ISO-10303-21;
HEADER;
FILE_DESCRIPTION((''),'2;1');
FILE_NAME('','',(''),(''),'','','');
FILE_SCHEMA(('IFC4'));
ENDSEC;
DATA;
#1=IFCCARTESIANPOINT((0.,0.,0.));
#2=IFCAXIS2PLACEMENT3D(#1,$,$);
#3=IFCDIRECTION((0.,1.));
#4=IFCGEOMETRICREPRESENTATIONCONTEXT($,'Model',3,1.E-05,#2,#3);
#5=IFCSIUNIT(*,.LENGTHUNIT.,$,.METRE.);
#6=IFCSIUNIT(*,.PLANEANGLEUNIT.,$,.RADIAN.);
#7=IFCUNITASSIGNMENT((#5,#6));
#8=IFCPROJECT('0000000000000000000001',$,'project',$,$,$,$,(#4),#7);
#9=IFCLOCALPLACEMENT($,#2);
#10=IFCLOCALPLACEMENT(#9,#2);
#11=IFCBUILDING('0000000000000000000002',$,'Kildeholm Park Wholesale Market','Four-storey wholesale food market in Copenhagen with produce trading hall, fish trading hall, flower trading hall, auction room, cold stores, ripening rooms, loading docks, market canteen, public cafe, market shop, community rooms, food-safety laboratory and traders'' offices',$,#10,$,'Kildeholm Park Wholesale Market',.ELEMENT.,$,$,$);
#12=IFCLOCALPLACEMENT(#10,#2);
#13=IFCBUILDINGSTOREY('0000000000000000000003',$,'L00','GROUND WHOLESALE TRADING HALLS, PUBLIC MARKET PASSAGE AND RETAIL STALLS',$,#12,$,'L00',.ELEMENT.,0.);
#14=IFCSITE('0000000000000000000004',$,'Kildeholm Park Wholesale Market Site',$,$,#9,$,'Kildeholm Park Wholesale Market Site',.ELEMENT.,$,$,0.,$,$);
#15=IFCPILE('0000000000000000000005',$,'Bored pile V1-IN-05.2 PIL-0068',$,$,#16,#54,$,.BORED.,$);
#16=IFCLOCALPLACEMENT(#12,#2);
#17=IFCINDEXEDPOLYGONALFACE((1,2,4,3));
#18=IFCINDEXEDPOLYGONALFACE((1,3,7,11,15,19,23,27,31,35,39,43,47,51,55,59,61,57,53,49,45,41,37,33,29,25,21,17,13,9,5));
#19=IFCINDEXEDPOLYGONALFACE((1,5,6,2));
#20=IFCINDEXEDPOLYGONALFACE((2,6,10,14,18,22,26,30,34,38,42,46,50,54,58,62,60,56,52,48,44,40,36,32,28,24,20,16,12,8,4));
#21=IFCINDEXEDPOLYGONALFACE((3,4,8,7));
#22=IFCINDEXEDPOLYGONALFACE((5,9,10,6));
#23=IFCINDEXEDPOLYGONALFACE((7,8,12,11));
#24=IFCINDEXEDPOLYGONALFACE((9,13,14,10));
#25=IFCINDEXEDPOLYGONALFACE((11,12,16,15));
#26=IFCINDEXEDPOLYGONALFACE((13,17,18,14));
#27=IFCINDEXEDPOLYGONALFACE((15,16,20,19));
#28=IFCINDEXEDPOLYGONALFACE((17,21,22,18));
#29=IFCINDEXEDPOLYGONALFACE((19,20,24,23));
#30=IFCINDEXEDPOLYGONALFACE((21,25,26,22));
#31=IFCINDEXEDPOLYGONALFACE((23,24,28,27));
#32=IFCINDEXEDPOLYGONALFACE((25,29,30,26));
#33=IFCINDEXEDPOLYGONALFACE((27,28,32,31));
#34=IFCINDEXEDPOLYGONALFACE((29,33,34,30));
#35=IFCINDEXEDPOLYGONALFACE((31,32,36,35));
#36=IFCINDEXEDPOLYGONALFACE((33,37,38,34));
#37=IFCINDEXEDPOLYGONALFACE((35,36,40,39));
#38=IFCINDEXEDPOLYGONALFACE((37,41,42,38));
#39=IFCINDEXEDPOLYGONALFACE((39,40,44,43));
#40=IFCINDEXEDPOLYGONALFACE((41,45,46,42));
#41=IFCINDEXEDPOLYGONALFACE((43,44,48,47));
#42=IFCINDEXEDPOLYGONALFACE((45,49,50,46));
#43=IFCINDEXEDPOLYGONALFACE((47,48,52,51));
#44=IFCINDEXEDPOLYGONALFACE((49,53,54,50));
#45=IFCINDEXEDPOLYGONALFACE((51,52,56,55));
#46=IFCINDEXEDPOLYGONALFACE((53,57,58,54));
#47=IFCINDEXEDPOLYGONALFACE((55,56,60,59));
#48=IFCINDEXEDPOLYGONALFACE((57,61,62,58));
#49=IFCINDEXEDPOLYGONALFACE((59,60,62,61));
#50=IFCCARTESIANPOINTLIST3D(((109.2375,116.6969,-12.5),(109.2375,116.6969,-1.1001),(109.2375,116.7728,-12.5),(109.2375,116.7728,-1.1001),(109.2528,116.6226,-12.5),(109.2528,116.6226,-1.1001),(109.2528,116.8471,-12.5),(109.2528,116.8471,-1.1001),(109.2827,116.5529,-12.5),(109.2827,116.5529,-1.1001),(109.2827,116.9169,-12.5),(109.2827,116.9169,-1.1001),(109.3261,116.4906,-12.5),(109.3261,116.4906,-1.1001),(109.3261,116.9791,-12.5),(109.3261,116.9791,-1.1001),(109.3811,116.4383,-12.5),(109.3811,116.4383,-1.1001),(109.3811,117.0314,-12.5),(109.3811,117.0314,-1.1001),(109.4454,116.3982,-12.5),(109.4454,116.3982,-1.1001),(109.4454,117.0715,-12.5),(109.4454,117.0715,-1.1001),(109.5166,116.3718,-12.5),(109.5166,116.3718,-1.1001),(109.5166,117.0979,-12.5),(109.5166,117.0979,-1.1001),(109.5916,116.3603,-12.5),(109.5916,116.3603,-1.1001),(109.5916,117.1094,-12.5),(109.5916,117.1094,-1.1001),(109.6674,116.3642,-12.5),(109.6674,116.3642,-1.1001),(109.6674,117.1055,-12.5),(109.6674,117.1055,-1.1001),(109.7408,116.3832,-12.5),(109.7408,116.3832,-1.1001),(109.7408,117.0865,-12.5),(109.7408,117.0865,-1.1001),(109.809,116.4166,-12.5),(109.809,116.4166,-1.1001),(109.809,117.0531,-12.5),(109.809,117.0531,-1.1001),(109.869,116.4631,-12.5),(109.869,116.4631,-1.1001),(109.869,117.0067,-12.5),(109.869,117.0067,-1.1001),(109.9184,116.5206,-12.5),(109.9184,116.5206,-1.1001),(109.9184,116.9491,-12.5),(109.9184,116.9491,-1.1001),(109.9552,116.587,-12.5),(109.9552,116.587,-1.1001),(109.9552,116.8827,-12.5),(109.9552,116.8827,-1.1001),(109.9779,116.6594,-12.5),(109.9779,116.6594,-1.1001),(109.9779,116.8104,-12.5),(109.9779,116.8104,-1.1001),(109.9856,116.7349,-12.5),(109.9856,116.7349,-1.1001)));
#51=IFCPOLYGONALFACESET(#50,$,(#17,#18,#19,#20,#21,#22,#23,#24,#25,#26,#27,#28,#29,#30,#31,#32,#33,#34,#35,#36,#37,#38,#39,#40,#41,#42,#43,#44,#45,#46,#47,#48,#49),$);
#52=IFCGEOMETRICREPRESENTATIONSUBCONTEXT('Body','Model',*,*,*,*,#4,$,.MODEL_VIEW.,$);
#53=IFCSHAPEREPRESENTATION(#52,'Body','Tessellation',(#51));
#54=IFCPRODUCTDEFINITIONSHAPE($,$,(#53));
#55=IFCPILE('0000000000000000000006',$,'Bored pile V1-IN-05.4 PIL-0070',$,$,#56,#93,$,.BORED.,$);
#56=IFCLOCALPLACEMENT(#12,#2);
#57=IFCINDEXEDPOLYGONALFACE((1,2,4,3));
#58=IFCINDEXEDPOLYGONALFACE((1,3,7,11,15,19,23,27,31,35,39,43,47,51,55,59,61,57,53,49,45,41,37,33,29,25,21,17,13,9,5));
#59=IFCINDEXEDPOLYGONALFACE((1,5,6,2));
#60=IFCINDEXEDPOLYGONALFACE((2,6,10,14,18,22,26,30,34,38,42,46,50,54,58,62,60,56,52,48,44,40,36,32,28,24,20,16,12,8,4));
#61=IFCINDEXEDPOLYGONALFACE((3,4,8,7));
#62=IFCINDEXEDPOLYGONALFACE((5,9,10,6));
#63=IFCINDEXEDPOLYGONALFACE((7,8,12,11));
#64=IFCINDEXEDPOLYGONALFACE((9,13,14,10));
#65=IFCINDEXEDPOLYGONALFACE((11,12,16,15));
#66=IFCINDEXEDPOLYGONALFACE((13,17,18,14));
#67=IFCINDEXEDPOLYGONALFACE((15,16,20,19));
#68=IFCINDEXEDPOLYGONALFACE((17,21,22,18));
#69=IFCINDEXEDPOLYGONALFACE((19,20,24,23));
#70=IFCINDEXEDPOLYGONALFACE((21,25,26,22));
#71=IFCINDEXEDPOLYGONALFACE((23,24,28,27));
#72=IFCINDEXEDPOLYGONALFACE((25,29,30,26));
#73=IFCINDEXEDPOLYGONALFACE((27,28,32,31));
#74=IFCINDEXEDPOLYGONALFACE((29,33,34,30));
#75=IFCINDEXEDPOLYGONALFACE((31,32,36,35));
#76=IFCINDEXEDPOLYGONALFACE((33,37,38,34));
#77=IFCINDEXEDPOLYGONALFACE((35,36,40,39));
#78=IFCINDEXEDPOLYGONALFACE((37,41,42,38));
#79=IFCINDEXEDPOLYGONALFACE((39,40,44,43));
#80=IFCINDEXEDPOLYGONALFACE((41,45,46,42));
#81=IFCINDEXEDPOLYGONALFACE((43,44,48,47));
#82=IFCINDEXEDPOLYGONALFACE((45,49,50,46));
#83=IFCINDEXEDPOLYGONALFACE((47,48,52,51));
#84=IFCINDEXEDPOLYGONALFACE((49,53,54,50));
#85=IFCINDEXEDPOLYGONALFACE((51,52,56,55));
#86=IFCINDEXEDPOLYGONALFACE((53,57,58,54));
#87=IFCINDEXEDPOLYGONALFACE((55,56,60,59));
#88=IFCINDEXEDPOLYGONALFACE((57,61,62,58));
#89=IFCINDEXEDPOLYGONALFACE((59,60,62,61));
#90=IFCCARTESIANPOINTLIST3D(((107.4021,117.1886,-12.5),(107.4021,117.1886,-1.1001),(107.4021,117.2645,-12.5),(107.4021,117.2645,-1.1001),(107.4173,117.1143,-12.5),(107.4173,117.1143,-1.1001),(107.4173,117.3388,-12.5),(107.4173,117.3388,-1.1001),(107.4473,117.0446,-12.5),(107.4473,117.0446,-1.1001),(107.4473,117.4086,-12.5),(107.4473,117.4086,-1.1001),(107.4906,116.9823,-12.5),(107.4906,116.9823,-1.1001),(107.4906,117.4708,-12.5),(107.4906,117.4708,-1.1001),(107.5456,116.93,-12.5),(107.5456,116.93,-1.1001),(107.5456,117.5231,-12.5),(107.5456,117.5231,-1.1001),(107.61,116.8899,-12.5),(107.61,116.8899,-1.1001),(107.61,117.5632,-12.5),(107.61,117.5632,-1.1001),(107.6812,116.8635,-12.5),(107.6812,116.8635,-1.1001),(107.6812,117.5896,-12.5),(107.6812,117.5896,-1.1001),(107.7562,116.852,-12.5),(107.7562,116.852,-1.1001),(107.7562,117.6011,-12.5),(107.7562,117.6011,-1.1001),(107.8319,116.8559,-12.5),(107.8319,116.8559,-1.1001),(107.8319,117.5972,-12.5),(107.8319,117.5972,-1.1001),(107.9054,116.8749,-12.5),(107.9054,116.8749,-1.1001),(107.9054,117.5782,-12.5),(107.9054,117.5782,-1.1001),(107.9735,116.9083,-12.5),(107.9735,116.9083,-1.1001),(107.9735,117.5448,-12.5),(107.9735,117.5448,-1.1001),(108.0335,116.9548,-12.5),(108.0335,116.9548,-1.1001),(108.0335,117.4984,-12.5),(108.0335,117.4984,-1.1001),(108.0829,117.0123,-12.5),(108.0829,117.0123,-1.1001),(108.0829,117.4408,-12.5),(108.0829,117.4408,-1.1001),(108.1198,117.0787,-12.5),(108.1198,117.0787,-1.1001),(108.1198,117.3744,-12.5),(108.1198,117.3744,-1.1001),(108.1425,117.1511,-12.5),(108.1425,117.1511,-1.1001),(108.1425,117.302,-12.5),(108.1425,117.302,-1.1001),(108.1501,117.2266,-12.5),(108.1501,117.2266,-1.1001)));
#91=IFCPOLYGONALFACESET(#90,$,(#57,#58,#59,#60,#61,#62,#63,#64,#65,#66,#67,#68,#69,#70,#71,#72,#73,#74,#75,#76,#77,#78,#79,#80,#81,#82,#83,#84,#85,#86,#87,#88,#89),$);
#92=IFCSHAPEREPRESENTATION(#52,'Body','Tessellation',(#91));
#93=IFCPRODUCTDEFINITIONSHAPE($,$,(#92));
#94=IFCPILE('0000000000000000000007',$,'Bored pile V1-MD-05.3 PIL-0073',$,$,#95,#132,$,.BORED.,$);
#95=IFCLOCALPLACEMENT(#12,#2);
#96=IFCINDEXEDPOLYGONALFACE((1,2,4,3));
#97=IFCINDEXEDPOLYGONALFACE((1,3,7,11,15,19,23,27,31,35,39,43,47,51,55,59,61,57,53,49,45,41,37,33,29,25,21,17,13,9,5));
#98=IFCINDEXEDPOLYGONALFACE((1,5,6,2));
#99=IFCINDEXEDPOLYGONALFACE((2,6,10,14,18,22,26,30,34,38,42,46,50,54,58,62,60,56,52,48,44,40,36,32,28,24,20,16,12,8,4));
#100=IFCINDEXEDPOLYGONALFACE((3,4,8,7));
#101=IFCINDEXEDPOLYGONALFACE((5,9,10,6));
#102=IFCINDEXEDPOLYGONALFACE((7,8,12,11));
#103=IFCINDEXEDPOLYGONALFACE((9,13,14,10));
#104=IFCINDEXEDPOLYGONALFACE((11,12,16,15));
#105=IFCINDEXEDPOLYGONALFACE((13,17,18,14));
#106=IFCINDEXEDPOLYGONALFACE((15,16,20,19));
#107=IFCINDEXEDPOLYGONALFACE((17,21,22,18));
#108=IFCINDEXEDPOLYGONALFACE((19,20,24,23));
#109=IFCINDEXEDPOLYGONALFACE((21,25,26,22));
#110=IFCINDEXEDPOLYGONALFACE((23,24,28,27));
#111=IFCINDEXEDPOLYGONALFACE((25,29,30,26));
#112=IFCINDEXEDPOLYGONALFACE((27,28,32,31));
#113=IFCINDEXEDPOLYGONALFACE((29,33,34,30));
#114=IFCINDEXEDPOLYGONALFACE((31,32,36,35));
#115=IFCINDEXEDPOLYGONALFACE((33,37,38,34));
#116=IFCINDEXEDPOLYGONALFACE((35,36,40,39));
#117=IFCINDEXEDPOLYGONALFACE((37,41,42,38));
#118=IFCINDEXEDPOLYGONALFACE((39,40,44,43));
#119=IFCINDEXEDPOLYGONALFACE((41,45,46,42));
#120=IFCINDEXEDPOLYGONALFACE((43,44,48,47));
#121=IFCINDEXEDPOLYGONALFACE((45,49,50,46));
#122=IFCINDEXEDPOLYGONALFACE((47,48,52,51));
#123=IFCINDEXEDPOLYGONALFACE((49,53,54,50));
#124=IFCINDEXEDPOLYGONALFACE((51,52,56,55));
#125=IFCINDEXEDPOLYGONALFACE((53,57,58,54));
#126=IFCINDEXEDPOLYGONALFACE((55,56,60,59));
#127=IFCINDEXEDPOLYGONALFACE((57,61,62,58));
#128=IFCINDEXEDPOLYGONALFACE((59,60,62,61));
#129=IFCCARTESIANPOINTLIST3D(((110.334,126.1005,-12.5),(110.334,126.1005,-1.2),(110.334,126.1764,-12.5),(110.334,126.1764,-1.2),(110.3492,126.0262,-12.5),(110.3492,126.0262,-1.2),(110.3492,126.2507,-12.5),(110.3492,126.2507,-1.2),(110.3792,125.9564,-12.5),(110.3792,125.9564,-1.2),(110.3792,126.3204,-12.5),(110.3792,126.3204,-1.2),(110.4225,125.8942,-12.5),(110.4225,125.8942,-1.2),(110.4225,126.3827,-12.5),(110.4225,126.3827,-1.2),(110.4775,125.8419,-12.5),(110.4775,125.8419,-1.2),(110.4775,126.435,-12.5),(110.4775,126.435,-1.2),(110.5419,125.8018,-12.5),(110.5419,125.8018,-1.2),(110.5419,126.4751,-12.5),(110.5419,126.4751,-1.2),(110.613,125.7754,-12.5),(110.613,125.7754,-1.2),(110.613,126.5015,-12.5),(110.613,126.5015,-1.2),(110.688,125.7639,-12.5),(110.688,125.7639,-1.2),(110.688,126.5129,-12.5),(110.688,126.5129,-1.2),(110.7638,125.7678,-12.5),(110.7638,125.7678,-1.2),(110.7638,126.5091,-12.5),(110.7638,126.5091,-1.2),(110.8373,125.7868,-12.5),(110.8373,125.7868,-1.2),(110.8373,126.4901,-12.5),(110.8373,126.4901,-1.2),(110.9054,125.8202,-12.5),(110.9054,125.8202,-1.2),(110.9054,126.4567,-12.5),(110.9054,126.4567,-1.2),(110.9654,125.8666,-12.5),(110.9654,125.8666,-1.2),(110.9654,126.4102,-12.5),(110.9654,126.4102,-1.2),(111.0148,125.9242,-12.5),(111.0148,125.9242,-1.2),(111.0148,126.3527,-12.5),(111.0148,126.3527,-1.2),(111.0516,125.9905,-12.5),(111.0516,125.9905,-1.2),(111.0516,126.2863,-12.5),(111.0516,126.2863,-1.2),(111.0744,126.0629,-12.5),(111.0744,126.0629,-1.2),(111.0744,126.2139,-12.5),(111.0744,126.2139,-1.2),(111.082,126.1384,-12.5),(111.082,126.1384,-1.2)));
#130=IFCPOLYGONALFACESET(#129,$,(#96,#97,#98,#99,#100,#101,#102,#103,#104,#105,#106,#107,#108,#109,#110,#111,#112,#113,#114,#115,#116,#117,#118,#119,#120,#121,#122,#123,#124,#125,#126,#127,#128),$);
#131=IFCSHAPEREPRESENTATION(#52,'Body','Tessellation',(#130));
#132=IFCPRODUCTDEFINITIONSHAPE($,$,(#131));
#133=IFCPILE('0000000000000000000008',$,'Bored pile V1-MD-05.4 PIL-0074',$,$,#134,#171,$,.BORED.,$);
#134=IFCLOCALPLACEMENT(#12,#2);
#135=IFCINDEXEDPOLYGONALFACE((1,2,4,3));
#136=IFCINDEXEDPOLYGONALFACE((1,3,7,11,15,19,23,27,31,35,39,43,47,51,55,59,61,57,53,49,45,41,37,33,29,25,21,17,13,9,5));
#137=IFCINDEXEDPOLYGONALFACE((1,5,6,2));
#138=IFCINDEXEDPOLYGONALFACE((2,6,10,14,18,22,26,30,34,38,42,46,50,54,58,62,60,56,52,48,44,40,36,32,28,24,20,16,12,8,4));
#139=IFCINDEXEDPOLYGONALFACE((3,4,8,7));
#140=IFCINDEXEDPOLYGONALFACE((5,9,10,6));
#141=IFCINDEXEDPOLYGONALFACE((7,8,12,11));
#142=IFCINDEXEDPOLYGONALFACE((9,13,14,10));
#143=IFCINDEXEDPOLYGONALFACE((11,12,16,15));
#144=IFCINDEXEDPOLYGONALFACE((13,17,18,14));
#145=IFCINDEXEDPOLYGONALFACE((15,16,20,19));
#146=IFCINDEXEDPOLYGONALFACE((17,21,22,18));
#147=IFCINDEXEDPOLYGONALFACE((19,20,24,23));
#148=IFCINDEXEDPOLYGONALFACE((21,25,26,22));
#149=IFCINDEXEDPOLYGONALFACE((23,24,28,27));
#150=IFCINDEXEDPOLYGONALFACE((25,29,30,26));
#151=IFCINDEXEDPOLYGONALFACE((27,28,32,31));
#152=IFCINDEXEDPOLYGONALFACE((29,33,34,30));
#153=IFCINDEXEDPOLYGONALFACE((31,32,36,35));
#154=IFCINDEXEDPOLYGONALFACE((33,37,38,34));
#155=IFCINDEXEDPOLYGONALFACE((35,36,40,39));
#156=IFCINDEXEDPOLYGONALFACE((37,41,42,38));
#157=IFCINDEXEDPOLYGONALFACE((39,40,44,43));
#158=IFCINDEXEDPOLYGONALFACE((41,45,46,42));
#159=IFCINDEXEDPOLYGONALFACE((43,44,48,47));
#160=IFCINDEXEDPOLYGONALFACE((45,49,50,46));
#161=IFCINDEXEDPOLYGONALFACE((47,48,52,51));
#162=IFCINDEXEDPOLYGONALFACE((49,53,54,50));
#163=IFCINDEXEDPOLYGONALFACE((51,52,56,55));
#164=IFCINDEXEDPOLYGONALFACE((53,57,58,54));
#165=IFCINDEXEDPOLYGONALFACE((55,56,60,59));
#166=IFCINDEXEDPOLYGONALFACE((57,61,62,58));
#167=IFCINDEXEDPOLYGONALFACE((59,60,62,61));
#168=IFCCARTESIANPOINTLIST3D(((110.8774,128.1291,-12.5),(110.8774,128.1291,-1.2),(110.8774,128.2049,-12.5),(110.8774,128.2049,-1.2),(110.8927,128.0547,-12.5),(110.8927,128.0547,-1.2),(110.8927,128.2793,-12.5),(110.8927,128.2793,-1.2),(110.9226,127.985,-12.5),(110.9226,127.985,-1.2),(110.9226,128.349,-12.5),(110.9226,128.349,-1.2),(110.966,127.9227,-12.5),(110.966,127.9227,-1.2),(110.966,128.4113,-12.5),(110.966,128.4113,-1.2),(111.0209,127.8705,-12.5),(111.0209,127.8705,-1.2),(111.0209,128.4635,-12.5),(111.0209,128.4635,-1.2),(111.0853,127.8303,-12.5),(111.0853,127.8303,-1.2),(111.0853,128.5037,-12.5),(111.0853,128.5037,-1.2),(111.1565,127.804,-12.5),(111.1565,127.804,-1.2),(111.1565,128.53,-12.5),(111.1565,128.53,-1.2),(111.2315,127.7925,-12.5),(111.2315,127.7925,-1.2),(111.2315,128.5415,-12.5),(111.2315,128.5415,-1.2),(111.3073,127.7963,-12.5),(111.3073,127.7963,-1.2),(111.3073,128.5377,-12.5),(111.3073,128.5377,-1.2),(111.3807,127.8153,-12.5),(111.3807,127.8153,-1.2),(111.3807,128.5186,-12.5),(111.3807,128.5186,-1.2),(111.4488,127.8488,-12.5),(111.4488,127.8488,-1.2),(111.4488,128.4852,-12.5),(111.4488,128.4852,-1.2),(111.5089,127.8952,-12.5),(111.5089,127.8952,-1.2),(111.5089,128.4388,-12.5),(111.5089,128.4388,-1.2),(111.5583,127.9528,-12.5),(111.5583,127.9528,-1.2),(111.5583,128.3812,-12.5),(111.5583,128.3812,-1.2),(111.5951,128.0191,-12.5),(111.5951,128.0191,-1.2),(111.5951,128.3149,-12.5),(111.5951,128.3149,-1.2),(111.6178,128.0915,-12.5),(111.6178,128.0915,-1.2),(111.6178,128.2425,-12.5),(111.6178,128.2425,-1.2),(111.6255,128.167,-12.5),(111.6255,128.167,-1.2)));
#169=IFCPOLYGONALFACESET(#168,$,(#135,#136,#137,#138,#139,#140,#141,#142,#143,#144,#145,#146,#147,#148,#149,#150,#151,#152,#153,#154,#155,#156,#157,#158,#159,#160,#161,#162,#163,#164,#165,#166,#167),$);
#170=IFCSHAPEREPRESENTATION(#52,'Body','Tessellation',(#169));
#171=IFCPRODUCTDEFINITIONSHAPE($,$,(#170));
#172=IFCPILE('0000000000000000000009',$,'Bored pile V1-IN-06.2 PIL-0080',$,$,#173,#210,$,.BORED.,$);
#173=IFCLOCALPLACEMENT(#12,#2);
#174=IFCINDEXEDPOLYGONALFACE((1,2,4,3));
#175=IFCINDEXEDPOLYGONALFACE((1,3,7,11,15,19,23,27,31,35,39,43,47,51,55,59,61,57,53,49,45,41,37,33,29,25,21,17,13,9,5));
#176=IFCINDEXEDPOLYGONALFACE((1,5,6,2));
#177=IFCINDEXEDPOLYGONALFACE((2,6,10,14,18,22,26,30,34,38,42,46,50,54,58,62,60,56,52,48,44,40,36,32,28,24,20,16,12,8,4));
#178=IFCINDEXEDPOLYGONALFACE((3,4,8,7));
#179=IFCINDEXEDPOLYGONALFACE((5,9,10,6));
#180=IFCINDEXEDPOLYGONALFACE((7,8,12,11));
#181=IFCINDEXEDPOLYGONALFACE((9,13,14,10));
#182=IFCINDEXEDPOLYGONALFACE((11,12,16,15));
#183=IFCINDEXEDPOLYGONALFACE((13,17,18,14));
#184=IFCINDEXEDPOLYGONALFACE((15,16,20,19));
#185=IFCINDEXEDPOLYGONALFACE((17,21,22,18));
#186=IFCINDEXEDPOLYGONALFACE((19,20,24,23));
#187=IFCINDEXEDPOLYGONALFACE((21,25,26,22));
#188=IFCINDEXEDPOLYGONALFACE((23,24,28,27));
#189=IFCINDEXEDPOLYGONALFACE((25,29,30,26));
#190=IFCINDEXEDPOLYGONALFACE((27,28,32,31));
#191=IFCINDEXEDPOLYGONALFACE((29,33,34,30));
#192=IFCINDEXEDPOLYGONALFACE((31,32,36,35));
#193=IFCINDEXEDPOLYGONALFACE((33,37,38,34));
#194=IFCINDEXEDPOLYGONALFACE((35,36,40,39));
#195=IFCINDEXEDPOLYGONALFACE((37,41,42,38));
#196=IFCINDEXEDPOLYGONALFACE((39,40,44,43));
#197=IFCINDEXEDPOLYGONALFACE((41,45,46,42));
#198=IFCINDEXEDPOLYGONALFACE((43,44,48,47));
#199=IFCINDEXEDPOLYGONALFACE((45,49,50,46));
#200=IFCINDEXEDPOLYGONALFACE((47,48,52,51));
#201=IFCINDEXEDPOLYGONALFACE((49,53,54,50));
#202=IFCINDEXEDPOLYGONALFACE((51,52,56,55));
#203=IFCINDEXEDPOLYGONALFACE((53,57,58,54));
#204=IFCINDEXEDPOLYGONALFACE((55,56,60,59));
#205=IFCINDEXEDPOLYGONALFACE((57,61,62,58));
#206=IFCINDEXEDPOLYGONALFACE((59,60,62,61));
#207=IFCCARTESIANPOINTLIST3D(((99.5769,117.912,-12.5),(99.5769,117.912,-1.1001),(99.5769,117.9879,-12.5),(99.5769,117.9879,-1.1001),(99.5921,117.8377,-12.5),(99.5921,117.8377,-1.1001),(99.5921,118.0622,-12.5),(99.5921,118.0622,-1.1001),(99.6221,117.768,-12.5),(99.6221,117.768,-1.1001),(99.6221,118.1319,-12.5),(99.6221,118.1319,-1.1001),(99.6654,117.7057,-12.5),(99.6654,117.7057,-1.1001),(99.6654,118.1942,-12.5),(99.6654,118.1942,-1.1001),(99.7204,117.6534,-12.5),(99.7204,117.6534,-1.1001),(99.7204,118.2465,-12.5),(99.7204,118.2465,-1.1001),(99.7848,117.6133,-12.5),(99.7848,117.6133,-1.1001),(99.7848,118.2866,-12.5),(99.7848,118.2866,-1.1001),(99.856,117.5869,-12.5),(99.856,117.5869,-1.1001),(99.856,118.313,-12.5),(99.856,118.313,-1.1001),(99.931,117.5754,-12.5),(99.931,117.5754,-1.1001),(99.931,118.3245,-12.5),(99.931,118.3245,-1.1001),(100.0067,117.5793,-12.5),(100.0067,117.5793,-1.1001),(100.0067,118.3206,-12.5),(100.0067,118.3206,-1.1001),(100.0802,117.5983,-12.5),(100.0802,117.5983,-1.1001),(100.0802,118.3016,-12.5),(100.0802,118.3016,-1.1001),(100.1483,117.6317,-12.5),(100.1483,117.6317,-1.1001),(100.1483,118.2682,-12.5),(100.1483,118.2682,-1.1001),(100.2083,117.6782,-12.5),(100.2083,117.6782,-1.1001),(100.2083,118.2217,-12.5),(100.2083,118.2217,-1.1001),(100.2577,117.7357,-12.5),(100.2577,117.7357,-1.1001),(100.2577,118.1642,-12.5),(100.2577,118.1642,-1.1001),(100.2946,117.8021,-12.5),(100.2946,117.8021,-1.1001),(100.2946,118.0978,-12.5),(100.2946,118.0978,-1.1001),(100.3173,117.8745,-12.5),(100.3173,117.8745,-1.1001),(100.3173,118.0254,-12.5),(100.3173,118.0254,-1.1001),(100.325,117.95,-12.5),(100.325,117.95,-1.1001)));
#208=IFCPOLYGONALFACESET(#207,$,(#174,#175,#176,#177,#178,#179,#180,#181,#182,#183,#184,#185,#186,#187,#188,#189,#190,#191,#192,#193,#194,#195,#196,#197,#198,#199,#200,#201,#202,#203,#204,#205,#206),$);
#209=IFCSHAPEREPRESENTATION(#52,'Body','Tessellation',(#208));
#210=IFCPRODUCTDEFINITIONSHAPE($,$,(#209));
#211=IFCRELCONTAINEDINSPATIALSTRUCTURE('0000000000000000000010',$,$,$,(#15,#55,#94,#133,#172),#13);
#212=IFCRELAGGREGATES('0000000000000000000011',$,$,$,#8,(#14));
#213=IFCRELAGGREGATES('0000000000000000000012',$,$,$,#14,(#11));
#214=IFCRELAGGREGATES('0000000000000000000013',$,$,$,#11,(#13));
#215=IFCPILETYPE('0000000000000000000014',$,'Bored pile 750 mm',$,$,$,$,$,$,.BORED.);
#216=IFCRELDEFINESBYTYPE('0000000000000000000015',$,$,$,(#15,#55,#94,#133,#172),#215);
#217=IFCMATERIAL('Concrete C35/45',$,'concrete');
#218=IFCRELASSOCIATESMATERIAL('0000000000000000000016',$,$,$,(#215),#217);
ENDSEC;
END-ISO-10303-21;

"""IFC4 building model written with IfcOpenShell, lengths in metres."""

from ifc_helpers import new_model, si_unit, direction, frame, origin, origin_2d, place, context, subcontext, project, spatial, circle, extrude, material, material_profile, profile_set, type_object, element, save


model = new_model("IFC4")

# Units and contexts
model_context = context("Model", 3, precision=1e-05, world=origin(), true_north=direction((0.0, 1.0)))
body_context = subcontext(model_context, "Body", "Model", "MODEL_VIEW")
ifc_project = project(units=[si_unit("LENGTHUNIT", "METRE"), si_unit("PLANEANGLEUNIT", "RADIAN")], contexts=[model_context])

# Site, building, storey
site_placement = place(None, origin())
site = spatial("IfcSite", under=ifc_project, at=site_placement, Name="Kildeholm Park Wholesale Market Site", LongName="Kildeholm Park Wholesale Market Site", CompositionType="ELEMENT", RefElevation=0.0)
building_placement = place(site_placement, origin())
building = spatial("IfcBuilding", under=site, at=building_placement, Name="Kildeholm Park Wholesale Market", Description="Four-storey wholesale food market in Copenhagen with produce trading hall, fish trading hall, flower trading hall, auction room, cold stores, ripening rooms, loading docks, market canteen, public cafe, market shop, community rooms, food-safety laboratory and traders' offices", LongName="Kildeholm Park Wholesale Market", CompositionType="ELEMENT")
storey_placement = place(building_placement, origin())
storey = spatial("IfcBuildingStorey", under=building, at=storey_placement, Name="L00", Description="GROUND WHOLESALE TRADING HALLS, PUBLIC MARKET PASSAGE AND RETAIL STALLS", LongName="L00", CompositionType="ELEMENT", Elevation=0.0)

# Piles
ifc_material_1 = material(Name="Concrete C35/45", Category="concrete")
ifc_material_profile_1 = material_profile(ifc_material_1, circle(Radius=0.375, at=origin_2d()), Name="PILE D750")
ifc_profile_set_1 = profile_set([ifc_material_profile_1], Name="Concrete C35/45")
pile_type = type_object("IfcPileType", Name="Bored pile 750 mm", PredefinedType="BORED", material=ifc_profile_set_1)
for number, where, z_axis, x_axis, name in (
    (1, (109.6106, 116.7349, -1.1001), (0.0, 0.0, -1.0), (1.0, 0.0, 0.0), "Bored pile V1-IN-05.2 PIL-0068"),
    (2, (107.7751, 117.2266, -1.1001), (0.0, 0.0, -1.0), (1.0, 0.0, 0.0), "Bored pile V1-IN-05.4 PIL-0070"),
):
    element("IfcPile", number, at=place(storey_placement, frame(where, z_axis=z_axis, x_axis=x_axis)), inside=storey, type_object=pile_type, Name=name, PredefinedType="BORED", context=body_context, shape_type="SweptSolid", body=[
        extrude(circle(Radius=0.375, at=origin_2d()), origin(), (0.0, 0.0, 1.0), 11.3999),
    ])
for number, where, z_axis, x_axis, name in (
    (3, (110.707, 126.1384, -1.2), (0.0, 0.0, -1.0), (1.0, 0.0, 0.0), "Bored pile V1-MD-05.3 PIL-0073"),
    (4, (111.2505, 128.167, -1.2), (0.0, 0.0, -1.0), (1.0, 0.0, 0.0), "Bored pile V1-MD-05.4 PIL-0074"),
):
    element("IfcPile", number, at=place(storey_placement, frame(where, z_axis=z_axis, x_axis=x_axis)), inside=storey, type_object=pile_type, Name=name, PredefinedType="BORED", context=body_context, shape_type="SweptSolid", body=[
        extrude(circle(Radius=0.375, at=origin_2d()), origin(), (0.0, 0.0, 1.0), 11.3),
    ])
for number, where, z_axis, x_axis, name in (
    (5, (99.95, 117.95, -1.1001), (0.0, 0.0, -1.0), (1.0, 0.0, 0.0), "Bored pile V1-IN-06.2 PIL-0080"),
):
    element("IfcPile", number, at=place(storey_placement, frame(where, z_axis=z_axis, x_axis=x_axis)), inside=storey, type_object=pile_type, Name=name, PredefinedType="BORED", context=body_context, shape_type="SweptSolid", body=[
        extrude(circle(Radius=0.375, at=origin_2d()), origin(), (0.0, 0.0, 1.0), 11.3999),
    ])

save(model, "model.ifc")
